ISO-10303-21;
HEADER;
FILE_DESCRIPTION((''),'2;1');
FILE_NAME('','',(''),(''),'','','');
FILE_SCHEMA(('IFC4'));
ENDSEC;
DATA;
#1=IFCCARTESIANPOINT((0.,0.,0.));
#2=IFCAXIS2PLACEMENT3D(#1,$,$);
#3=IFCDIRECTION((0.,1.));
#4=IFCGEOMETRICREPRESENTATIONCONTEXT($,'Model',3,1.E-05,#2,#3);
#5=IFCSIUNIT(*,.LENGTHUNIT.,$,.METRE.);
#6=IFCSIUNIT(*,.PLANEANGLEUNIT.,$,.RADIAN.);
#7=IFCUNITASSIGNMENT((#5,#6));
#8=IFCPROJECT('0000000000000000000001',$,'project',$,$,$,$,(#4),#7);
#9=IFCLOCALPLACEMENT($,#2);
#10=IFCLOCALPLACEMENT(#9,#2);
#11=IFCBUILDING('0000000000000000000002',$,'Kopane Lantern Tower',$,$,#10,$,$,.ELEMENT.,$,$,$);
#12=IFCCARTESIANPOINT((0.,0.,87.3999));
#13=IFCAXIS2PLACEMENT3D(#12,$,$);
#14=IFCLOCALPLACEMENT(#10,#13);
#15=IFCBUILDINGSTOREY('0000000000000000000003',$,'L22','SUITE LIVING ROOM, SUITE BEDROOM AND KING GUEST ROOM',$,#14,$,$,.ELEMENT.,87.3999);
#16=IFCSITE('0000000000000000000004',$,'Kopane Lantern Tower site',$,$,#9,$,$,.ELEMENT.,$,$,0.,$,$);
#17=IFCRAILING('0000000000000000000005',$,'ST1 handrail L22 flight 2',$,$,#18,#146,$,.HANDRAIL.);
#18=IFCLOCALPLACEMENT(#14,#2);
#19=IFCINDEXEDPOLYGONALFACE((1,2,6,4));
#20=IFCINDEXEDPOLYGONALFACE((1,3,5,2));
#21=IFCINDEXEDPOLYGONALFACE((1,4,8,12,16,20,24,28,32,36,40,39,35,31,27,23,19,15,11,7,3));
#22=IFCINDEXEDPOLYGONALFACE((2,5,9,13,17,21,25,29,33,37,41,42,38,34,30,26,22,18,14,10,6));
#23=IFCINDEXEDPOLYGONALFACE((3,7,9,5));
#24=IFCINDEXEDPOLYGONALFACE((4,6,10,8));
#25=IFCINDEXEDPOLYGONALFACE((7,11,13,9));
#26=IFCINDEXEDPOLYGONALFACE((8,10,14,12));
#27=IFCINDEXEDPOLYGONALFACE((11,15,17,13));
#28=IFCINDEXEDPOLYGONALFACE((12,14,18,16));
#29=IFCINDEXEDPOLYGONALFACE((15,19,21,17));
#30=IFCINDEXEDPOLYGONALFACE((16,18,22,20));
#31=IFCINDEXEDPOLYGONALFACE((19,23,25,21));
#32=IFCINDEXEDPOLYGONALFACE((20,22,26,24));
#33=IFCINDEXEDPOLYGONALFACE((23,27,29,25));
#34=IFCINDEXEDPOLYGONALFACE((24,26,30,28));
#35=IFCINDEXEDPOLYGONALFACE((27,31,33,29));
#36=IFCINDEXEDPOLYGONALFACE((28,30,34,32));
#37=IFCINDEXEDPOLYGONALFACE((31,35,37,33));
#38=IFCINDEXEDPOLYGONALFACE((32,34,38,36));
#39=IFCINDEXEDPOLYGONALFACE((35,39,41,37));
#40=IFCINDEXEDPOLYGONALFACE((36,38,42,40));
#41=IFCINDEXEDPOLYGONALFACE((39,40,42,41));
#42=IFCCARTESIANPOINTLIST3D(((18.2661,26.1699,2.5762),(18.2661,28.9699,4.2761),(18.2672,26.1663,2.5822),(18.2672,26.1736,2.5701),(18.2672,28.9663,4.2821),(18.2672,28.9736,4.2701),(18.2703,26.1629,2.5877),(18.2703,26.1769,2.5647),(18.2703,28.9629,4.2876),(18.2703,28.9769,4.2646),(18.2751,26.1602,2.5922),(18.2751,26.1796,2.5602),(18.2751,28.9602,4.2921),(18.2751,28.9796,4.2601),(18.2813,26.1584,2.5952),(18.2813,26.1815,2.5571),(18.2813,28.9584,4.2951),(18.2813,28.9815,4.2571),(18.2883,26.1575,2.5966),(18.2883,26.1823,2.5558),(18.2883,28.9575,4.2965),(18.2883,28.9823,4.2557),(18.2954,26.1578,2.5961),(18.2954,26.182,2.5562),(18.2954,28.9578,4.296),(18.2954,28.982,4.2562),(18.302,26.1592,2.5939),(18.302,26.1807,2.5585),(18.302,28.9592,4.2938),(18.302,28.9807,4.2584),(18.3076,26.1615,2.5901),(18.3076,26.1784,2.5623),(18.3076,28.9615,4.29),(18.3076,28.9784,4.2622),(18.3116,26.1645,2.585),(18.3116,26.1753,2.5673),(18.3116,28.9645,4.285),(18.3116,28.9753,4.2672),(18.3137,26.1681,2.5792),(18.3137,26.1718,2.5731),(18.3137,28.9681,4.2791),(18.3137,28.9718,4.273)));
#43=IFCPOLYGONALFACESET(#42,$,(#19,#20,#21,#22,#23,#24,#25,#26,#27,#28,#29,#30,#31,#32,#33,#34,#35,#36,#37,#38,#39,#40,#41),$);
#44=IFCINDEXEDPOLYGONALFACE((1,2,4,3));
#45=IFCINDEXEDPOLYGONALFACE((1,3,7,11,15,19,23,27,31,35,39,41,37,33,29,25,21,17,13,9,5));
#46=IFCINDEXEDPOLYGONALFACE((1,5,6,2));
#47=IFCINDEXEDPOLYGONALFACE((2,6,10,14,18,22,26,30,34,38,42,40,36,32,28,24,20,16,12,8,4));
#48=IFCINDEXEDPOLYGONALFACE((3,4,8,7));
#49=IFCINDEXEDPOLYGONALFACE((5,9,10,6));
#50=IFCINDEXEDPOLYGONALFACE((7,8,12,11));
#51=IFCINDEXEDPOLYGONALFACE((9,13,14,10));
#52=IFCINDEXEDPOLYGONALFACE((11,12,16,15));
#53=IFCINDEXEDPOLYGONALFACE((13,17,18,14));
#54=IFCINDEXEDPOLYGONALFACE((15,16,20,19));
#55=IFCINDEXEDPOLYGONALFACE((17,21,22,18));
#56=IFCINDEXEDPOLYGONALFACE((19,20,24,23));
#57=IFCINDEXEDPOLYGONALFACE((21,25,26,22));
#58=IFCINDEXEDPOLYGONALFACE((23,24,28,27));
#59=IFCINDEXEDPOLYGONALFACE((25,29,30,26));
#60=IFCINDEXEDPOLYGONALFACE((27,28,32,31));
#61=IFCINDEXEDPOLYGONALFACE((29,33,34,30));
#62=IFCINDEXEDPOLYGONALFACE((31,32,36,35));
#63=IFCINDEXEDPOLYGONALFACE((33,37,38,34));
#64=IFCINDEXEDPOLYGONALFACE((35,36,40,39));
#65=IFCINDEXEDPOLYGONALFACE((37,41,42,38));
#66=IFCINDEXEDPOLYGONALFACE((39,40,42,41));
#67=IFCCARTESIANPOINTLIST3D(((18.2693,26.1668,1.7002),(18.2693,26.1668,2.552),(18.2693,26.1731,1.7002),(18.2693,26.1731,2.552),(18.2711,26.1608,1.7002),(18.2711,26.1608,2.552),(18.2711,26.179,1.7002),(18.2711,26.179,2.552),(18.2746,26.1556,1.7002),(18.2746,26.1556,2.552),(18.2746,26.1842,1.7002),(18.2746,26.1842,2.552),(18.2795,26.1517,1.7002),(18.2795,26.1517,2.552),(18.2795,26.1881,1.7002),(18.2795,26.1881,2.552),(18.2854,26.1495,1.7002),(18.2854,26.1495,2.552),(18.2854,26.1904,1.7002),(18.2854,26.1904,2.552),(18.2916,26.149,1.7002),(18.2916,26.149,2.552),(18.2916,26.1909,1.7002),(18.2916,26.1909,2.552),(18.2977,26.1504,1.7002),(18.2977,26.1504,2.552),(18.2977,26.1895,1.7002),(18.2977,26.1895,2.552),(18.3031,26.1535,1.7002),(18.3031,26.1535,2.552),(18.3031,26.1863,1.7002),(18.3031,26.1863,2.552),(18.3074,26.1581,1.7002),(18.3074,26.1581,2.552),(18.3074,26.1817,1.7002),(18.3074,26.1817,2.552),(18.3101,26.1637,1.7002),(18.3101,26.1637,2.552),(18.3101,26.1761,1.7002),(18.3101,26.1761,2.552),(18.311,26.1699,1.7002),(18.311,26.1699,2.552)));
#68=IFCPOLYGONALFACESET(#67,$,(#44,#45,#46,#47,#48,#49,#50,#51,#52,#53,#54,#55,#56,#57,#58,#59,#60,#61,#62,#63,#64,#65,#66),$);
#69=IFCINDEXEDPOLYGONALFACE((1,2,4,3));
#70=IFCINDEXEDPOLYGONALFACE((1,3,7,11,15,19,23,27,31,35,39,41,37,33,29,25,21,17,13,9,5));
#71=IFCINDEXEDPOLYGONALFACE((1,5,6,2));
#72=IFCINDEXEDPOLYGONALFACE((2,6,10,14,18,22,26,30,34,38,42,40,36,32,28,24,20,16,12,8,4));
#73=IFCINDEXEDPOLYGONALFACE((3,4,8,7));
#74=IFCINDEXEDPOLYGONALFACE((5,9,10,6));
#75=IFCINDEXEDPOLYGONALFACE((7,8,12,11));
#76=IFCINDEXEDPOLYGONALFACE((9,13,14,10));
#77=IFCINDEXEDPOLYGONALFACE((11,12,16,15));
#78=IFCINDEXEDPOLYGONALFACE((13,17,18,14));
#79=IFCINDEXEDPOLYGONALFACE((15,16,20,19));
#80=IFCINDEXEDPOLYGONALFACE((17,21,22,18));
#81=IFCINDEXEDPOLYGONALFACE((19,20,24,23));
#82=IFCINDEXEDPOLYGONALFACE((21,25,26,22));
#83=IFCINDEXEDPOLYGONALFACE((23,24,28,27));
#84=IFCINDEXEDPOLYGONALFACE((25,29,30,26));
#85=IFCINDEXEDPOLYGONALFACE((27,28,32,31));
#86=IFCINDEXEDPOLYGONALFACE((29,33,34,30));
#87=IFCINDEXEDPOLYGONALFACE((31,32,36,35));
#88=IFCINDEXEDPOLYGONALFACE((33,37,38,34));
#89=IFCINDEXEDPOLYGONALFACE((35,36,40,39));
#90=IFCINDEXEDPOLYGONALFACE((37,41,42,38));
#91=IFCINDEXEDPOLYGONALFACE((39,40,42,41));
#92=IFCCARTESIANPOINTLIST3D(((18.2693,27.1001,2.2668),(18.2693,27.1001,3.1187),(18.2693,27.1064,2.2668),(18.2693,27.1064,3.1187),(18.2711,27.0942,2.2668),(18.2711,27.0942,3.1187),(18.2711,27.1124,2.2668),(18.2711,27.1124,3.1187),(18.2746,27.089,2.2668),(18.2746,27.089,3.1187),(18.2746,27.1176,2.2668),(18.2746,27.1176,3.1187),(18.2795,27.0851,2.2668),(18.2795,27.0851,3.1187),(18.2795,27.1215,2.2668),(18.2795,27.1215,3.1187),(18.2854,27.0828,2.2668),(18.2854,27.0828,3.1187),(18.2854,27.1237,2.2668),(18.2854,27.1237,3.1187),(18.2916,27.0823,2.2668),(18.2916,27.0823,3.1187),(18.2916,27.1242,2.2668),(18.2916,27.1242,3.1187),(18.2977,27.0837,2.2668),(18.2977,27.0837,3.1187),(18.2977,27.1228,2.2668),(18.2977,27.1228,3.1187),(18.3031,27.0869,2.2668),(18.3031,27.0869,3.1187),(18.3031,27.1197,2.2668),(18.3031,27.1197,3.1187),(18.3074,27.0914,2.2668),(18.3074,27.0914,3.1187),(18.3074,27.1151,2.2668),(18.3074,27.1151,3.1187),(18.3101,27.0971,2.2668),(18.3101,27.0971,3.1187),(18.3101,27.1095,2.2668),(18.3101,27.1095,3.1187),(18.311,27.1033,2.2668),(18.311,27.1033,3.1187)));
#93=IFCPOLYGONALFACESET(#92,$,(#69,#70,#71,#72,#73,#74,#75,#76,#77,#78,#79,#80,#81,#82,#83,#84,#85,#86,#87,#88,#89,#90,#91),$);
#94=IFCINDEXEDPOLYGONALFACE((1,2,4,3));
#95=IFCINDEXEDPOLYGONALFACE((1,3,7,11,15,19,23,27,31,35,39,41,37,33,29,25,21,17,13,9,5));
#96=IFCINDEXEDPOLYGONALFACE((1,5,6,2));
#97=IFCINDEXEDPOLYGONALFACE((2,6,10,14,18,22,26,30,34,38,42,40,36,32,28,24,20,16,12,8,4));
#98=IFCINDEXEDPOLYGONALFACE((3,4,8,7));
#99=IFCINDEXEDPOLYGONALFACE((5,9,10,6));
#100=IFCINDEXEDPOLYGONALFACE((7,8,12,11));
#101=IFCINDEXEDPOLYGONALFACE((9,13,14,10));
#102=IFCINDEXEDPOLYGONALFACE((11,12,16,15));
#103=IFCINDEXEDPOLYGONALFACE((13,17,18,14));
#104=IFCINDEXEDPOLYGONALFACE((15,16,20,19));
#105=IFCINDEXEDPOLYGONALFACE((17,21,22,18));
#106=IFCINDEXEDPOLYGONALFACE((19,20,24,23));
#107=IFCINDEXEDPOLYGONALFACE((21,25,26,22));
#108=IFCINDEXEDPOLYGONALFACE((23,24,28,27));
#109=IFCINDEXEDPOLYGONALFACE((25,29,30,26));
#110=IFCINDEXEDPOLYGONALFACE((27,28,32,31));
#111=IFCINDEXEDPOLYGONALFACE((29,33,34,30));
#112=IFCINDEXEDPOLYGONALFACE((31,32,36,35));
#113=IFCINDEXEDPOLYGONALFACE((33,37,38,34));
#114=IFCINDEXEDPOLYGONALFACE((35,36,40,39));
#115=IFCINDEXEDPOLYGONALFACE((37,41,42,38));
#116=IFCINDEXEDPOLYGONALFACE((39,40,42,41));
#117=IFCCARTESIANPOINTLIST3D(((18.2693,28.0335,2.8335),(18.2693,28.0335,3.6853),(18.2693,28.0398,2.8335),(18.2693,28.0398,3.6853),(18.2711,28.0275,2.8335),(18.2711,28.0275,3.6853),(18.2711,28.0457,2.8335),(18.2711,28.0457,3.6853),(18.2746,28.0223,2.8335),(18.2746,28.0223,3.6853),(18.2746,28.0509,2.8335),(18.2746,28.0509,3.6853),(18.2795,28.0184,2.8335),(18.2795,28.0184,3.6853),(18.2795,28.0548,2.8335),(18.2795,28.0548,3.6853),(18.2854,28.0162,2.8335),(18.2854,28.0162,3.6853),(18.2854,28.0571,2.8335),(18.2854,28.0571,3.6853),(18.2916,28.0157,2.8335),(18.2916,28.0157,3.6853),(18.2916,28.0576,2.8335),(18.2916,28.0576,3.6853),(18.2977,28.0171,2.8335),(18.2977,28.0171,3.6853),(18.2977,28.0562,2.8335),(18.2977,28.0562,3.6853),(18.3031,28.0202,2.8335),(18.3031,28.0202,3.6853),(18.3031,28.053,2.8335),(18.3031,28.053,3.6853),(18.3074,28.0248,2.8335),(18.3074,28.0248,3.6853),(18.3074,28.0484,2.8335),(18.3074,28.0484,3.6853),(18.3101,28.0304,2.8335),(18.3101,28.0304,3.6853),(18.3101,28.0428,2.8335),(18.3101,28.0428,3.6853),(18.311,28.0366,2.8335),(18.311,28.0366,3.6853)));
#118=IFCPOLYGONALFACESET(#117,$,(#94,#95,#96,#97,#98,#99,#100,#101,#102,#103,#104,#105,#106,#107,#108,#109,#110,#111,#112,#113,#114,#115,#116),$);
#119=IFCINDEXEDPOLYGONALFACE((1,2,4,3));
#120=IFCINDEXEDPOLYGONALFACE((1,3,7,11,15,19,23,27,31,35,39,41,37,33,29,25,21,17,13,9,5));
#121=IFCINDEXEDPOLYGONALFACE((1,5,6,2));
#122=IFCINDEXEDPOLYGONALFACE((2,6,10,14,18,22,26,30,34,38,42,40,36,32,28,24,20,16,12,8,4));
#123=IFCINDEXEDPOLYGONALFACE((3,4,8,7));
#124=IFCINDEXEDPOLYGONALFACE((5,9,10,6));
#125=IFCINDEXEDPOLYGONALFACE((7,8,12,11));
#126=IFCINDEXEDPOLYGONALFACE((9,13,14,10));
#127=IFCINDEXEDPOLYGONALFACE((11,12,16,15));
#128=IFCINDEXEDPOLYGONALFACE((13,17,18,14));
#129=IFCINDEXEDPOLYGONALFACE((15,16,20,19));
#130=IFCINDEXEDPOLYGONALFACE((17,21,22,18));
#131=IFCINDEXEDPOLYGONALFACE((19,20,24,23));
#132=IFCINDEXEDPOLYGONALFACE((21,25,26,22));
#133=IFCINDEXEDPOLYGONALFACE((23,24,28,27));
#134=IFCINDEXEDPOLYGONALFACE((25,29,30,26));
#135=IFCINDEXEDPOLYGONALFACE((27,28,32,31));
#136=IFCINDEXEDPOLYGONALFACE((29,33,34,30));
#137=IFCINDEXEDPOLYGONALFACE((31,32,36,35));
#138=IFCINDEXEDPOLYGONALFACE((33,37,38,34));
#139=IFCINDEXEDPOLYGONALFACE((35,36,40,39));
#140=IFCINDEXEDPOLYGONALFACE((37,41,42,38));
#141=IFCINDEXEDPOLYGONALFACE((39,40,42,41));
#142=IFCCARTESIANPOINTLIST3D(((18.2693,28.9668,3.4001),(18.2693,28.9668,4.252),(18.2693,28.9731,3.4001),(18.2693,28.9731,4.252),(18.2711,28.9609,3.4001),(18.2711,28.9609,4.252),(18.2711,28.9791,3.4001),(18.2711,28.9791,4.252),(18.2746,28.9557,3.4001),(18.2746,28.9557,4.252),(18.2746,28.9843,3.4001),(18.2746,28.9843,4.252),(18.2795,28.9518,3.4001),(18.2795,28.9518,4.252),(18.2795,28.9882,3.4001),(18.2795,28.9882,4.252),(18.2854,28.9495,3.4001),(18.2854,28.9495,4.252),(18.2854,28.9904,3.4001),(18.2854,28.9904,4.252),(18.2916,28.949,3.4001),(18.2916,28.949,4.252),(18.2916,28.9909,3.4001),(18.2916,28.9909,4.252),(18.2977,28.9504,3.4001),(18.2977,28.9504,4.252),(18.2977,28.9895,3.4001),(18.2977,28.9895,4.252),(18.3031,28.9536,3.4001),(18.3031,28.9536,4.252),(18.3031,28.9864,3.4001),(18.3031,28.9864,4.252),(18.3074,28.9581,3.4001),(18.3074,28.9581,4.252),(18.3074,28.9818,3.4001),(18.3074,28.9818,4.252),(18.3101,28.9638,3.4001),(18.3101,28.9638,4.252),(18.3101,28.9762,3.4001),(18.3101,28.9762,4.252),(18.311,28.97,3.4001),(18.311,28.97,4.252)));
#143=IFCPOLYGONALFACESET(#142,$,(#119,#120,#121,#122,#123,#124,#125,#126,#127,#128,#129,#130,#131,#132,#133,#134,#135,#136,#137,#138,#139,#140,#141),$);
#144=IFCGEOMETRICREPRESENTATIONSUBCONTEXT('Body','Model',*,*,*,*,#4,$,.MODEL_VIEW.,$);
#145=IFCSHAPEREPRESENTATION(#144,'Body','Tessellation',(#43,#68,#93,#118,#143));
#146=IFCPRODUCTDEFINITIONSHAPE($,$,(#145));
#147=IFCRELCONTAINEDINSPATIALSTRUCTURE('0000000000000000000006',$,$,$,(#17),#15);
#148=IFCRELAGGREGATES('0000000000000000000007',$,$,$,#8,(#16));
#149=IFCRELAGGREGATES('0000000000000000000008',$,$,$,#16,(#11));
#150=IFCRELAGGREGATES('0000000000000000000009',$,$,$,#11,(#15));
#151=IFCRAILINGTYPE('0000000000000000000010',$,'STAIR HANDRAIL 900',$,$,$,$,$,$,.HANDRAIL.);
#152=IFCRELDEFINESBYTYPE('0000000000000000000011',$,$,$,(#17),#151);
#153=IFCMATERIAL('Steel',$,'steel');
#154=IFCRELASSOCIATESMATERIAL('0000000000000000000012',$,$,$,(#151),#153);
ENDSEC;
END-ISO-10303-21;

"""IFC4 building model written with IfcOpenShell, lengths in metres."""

from ifc_helpers import new_model, si_unit, direction, frame, origin, origin_2d, place, context, subcontext, project, spatial, circle, extrude, material, type_object, element, save


model = new_model("IFC4")

# Units and contexts
model_context = context("Model", 3, precision=1e-05, world=origin(), true_north=direction((0.0, 1.0)))
body_context = subcontext(model_context, "Body", "Model", "MODEL_VIEW")
ifc_project = project(units=[si_unit("LENGTHUNIT", "METRE"), si_unit("PLANEANGLEUNIT", "RADIAN")], contexts=[model_context])

# Site, building, storey
site_placement = place(None, origin())
site = spatial("IfcSite", under=ifc_project, at=site_placement, Name="Kopane Lantern Tower site", CompositionType="ELEMENT", RefElevation=0.0)
building_placement = place(site_placement, origin())
building = spatial("IfcBuilding", under=site, at=building_placement, Name="Kopane Lantern Tower", CompositionType="ELEMENT")
storey_placement = place(building_placement, frame((0.0, 0.0, 87.3999)))
storey = spatial("IfcBuildingStorey", under=building, at=storey_placement, Name="L22", Description="SUITE LIVING ROOM, SUITE BEDROOM AND KING GUEST ROOM", CompositionType="ELEMENT", Elevation=87.3999)

# Railing
ifc_material_1 = material(Name="Steel", Category="steel")
railing_type_1 = type_object("IfcRailingType", Name="STAIR HANDRAIL 900", PredefinedType="HANDRAIL", material=ifc_material_1)
for number, where, name in (
    (1, (18.29, 26.1699, 1.7002), "ST1 handrail L22 flight 2"),
):
    element("IfcRailing", number, at=place(storey_placement, frame(where)), inside=storey, type_object=railing_type_1, Name=name, PredefinedType="HANDRAIL", context=body_context, shape_type="SweptSolid", body=[
        extrude(circle(Radius=0.0239, at=origin_2d()), frame((0.0, 0.0, 0.876), z_axis=(0.0, 0.854798, 0.518961), x_axis=(-1.0, 0.0, 0.0)), (0.0, 0.0, 1.0), 3.2756),
        extrude(circle(Radius=0.021, at=origin_2d()), origin(), (0.0, 0.0, 1.0), 0.8518),
        extrude(circle(Radius=0.021, at=origin_2d()), frame((0.0, 0.9333, 0.5667)), (0.0, 0.0, 1.0), 0.8518),
        extrude(circle(Radius=0.021, at=origin_2d()), frame((0.0, 1.8667, 1.1333)), (0.0, 0.0, 1.0), 0.8518),
        extrude(circle(Radius=0.021, at=origin_2d()), frame((0.0, 2.8, 1.7)), (0.0, 0.0, 1.0), 0.8518),
    ])

save(model, "model.ifc")
